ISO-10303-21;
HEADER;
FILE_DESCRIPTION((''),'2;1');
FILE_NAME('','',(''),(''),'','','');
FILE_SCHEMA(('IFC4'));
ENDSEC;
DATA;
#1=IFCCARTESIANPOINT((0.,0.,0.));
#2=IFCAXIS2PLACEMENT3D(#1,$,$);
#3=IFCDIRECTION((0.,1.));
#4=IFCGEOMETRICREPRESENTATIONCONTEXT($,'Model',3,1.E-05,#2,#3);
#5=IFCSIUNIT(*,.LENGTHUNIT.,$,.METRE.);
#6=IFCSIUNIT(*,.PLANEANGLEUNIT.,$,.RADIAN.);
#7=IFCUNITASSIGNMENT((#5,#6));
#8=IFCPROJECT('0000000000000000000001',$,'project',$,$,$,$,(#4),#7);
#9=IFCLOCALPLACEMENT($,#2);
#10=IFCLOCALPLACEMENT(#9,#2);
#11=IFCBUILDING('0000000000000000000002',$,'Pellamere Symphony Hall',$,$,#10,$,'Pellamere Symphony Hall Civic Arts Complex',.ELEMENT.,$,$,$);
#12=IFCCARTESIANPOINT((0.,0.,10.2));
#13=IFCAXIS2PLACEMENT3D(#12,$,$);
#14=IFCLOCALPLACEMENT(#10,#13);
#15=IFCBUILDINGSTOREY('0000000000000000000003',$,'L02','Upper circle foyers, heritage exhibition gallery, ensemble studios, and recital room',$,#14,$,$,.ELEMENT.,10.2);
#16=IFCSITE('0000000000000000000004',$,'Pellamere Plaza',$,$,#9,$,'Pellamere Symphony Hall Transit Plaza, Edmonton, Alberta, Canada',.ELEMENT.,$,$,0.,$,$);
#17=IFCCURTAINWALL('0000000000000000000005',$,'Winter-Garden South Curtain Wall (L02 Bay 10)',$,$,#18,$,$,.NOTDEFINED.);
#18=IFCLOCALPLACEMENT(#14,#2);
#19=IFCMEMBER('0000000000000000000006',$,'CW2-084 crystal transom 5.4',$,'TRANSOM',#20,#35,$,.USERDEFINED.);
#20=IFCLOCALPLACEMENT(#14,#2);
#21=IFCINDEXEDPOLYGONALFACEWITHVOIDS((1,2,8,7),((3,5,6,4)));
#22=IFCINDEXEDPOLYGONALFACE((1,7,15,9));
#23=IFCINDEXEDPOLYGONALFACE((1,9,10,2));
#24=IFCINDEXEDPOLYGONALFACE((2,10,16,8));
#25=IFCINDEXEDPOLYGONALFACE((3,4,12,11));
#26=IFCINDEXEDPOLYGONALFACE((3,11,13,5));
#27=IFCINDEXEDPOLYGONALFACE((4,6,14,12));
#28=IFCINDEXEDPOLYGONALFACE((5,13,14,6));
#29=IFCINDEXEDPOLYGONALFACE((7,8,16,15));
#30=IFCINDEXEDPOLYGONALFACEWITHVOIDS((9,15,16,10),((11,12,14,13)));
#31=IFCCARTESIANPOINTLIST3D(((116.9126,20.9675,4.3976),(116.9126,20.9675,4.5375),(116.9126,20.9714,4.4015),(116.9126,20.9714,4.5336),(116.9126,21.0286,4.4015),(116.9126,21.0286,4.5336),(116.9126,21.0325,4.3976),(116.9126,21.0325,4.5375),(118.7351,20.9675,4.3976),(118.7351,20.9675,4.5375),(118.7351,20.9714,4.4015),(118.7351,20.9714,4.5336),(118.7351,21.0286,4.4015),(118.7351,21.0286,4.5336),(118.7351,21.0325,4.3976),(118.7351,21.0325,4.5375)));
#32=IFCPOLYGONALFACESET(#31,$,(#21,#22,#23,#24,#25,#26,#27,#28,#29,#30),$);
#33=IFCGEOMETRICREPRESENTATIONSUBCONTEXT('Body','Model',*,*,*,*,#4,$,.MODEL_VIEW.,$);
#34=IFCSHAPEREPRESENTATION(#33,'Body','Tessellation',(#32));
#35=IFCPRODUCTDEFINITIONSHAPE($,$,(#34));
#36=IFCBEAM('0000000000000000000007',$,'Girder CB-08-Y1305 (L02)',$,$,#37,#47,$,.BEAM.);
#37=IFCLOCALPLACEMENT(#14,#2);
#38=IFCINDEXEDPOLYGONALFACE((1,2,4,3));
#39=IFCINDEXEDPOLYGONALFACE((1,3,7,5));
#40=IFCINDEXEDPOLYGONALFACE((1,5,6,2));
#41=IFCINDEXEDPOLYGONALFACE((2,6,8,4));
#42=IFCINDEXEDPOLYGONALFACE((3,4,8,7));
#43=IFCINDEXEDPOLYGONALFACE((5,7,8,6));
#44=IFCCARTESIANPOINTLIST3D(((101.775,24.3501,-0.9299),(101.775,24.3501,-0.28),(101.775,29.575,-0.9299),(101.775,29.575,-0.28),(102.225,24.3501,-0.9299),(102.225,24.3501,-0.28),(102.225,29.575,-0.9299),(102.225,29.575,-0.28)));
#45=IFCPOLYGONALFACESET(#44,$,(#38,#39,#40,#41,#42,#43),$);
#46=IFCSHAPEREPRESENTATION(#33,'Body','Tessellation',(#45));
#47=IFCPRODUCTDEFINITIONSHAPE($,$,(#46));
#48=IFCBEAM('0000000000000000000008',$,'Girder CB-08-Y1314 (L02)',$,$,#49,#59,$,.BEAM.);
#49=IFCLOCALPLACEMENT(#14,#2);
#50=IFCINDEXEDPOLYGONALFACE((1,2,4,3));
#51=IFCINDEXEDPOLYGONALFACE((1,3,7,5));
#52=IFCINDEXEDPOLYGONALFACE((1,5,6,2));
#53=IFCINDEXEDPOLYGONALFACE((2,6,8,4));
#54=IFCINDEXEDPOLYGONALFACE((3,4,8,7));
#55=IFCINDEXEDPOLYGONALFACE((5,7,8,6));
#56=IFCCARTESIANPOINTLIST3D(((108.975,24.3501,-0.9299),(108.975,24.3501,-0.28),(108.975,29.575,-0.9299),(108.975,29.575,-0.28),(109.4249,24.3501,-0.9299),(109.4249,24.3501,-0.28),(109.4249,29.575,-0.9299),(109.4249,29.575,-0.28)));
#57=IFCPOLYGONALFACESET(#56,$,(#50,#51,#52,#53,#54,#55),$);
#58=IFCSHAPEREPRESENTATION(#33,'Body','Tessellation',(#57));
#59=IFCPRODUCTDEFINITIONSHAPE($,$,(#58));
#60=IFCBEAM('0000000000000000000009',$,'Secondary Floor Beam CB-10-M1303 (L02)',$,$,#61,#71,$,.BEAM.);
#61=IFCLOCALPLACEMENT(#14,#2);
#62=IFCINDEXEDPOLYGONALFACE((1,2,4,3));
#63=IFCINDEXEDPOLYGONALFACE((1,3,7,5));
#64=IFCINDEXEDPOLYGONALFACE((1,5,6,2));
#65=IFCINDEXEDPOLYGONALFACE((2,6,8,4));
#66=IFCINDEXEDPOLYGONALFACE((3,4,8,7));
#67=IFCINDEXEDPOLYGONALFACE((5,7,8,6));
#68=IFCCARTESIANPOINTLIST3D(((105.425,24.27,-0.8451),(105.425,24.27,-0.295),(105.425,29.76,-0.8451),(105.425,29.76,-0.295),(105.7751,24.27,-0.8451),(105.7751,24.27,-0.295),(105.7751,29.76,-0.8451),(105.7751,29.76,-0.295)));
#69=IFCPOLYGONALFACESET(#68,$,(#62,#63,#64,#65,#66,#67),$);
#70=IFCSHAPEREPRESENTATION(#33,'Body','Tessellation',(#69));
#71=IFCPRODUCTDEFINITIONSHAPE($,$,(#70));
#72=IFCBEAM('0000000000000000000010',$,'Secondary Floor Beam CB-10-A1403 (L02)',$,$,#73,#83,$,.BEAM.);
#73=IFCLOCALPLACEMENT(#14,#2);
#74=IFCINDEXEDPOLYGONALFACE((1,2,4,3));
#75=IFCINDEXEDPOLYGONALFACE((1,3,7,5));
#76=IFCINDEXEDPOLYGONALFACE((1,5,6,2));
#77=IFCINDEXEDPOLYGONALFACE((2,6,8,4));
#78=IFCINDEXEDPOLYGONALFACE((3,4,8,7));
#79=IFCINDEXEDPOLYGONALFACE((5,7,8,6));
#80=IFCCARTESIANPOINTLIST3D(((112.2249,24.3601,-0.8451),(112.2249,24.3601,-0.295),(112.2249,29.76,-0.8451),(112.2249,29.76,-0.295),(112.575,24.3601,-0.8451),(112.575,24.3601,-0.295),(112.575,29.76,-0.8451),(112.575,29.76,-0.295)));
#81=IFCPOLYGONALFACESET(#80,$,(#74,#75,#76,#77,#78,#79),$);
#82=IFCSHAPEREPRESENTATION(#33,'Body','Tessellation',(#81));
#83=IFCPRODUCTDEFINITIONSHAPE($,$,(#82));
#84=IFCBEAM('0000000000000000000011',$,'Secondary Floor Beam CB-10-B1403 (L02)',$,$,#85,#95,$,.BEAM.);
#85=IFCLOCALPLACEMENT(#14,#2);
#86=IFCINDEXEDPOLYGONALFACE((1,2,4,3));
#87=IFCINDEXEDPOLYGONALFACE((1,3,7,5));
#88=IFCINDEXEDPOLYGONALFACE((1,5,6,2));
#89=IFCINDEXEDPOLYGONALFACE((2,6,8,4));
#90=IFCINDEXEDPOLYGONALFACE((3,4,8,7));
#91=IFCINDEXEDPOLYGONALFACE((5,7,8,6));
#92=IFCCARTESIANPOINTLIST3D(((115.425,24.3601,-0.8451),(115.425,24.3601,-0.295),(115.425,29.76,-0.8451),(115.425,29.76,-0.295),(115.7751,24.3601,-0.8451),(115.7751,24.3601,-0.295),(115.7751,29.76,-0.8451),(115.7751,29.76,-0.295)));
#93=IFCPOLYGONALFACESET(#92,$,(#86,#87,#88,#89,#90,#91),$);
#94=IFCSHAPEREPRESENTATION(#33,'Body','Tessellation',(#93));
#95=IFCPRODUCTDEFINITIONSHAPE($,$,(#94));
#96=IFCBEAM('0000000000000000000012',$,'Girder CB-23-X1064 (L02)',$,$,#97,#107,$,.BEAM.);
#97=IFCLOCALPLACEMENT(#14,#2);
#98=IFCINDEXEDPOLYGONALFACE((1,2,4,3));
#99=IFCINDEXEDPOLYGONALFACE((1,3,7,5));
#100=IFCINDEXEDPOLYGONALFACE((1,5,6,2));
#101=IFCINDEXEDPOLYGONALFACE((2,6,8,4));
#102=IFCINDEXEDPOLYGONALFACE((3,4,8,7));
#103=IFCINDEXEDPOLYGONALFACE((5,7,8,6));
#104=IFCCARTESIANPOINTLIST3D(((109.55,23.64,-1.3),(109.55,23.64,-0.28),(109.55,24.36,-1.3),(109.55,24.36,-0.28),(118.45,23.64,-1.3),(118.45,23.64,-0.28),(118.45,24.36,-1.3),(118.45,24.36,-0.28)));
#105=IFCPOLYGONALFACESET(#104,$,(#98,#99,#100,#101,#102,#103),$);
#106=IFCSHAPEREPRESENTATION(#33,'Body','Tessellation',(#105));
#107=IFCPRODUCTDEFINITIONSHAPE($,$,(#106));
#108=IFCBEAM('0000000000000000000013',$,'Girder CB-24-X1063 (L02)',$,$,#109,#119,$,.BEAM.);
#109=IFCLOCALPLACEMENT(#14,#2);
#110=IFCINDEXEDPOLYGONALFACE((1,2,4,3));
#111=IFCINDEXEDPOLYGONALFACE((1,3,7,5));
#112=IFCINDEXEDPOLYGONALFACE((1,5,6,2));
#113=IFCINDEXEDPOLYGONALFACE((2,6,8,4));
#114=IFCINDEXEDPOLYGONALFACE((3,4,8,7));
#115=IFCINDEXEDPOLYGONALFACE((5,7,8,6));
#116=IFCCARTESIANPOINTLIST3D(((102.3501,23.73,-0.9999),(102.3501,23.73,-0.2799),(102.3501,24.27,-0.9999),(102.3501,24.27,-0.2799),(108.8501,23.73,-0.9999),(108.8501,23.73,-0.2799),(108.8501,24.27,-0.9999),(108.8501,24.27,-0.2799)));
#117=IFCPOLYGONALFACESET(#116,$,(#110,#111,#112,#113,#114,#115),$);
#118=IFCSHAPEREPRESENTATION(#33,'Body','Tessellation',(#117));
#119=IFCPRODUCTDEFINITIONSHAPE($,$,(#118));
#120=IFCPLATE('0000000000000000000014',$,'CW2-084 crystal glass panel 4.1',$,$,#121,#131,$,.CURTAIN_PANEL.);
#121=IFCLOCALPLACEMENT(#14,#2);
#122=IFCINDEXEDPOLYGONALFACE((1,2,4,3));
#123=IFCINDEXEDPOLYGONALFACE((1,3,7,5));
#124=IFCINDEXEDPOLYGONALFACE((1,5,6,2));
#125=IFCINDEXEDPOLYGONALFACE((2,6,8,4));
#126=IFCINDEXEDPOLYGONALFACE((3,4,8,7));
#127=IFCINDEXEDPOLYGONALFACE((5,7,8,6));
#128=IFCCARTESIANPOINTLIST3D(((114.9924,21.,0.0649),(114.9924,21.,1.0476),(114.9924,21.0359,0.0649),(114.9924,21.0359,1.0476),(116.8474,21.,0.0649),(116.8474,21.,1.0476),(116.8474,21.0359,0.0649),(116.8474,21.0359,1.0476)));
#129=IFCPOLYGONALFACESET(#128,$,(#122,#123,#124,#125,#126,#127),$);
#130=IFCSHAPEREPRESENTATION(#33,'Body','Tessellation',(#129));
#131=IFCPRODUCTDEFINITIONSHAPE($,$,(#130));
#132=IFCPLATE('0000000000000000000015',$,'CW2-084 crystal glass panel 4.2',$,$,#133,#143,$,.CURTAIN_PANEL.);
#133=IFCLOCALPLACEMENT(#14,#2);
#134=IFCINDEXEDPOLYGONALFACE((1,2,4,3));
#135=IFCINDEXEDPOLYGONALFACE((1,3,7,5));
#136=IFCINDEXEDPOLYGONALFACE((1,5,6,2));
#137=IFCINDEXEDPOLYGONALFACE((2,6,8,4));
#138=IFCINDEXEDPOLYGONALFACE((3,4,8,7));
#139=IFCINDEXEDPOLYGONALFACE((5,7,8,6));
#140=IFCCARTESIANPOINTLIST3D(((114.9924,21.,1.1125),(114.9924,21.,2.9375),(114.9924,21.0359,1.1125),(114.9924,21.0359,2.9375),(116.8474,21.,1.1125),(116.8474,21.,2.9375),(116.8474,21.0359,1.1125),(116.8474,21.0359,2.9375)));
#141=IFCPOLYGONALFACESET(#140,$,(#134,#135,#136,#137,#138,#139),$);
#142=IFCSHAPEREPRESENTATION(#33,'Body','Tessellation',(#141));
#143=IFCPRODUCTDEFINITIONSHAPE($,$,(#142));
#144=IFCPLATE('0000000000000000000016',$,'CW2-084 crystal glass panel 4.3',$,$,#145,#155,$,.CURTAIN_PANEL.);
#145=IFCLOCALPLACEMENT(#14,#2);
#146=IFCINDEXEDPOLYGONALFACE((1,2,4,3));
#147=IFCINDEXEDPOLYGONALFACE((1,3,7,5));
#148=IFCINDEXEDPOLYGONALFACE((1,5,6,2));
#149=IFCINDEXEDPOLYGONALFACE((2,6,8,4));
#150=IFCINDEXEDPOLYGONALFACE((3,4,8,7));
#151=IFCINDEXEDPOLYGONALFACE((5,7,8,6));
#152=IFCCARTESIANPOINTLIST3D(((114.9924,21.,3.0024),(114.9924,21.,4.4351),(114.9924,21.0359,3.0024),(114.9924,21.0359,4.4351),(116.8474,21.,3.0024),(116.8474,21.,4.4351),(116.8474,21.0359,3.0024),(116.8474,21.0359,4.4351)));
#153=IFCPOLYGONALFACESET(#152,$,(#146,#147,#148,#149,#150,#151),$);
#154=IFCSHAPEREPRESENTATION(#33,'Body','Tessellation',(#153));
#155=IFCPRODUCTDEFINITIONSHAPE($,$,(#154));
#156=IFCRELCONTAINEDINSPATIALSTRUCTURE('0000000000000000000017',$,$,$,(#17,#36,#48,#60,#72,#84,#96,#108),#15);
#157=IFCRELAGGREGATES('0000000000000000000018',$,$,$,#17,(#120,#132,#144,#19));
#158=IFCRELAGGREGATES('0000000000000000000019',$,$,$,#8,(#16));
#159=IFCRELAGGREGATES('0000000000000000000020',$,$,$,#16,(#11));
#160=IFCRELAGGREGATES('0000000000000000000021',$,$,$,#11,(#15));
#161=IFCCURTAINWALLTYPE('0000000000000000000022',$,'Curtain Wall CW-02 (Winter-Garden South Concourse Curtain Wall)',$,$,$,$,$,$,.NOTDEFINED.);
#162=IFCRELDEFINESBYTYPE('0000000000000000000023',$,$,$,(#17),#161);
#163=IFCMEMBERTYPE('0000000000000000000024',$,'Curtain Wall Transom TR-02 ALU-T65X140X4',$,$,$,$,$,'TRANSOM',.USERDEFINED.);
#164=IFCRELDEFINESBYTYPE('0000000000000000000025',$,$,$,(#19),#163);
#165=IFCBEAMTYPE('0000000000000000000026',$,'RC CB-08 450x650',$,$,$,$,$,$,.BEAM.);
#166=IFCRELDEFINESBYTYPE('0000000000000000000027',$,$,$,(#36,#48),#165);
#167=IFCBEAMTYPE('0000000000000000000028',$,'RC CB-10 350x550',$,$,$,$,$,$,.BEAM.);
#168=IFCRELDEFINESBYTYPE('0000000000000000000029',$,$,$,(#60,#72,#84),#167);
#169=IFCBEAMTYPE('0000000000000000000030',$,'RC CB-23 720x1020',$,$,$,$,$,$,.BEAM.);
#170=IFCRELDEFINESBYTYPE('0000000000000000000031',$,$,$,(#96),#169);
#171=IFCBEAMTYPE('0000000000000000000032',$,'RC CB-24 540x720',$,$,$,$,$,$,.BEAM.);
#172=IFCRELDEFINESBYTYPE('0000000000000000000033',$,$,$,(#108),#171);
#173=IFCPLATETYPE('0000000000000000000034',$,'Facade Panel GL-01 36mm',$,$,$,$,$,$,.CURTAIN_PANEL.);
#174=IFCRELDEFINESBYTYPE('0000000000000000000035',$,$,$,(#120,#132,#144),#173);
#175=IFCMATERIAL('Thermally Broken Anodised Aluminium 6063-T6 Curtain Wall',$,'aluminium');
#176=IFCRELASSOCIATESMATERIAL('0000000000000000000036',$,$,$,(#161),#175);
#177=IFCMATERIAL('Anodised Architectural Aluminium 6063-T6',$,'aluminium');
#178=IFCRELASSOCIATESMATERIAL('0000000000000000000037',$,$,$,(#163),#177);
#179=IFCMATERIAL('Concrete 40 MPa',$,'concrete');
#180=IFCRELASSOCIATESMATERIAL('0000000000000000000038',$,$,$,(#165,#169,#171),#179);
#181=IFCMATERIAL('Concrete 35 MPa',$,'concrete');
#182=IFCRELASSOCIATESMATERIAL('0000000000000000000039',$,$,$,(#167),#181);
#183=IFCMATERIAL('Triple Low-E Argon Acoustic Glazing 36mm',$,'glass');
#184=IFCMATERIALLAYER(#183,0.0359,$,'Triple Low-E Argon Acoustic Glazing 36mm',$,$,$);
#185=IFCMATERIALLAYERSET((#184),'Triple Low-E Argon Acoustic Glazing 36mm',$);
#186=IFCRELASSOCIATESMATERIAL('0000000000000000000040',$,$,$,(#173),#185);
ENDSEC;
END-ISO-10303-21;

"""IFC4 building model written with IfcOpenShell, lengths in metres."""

from ifc_helpers import new_model, si_unit, direction, frame, origin, origin_2d, place, context, subcontext, project, spatial, polyline, rectangle, hollow_rectangle, outline, extrude, material, layer, layer_set, material_profile, profile_set, type_object, element, aggregate, save


model = new_model("IFC4")

# Units and contexts
model_context = context("Model", 3, precision=1e-05, world=origin(), true_north=direction((0.0, 1.0)))
body_context = subcontext(model_context, "Body", "Model", "MODEL_VIEW")
ifc_project = project(units=[si_unit("LENGTHUNIT", "METRE"), si_unit("PLANEANGLEUNIT", "RADIAN")], contexts=[model_context])

# Site, building, storey
site_placement = place(None, origin())
site = spatial("IfcSite", under=ifc_project, at=site_placement, Name="Pellamere Plaza", LongName="Pellamere Symphony Hall Transit Plaza, Edmonton, Alberta, Canada", CompositionType="ELEMENT", RefElevation=0.0)
building_placement = place(site_placement, origin())
building = spatial("IfcBuilding", under=site, at=building_placement, Name="Pellamere Symphony Hall", LongName="Pellamere Symphony Hall Civic Arts Complex", CompositionType="ELEMENT")
storey_placement = place(building_placement, frame((0.0, 0.0, 10.2)))
storey = spatial("IfcBuildingStorey", under=building, at=storey_placement, Name="L02", Description="Upper circle foyers, heritage exhibition gallery, ensemble studios, and recital room", CompositionType="ELEMENT", Elevation=10.2)

# Shared definitions
ifc_material_1 = material(Name="Concrete 40 MPa", Category="concrete")

# Curtain wall, member
ifc_material_2 = material(Name="Thermally Broken Anodised Aluminium 6063-T6 Curtain Wall", Category="aluminium")
curtain_wall_type = type_object("IfcCurtainWallType", Name="Curtain Wall CW-02 (Winter-Garden South Concourse Curtain Wall)", PredefinedType="NOTDEFINED", material=ifc_material_2)
curtain_wall_placement = place(storey_placement, origin())
curtain_wall = element("IfcCurtainWall", 1, at=curtain_wall_placement, inside=storey, type_object=curtain_wall_type, Name="Winter-Garden South Curtain Wall (L02 Bay 10)", PredefinedType="NOTDEFINED")
ifc_material_3 = material(Name="Anodised Architectural Aluminium 6063-T6", Category="aluminium")
ifc_material_profile_1 = material_profile(ifc_material_3, hollow_rectangle(XDim=0.0649, YDim=0.1399, WallThickness=0.0039, at=origin_2d()), Name="ALU-T65X140X4")
ifc_profile_set_1 = profile_set([ifc_material_profile_1], Name="Anodised Architectural Aluminium 6063-T6")
member_type_1 = type_object("IfcMemberType", Name="Curtain Wall Transom TR-02 ALU-T65X140X4", ElementType="TRANSOM", PredefinedType="USERDEFINED", material=ifc_profile_set_1)
member_1_placement = place(storey_placement, frame((116.9126, 21.0, 4.4675), z_axis=(1.0, 0.0, 0.0), x_axis=(0.0, 1.0, 0.0)))
member_1 = element("IfcMember", 2, at=member_1_placement, type_object=member_type_1, Name="CW2-084 crystal transom 5.4", ObjectType="TRANSOM", PredefinedType="USERDEFINED", context=body_context, shape_type="SweptSolid", body=[
    extrude(hollow_rectangle(XDim=0.0649, YDim=0.1399, WallThickness=0.0039, at=origin_2d()), origin(), (0.0, 0.0, 1.0), 1.8225),
])

# Beams
ifc_material_profile_2 = material_profile(ifc_material_1, rectangle(XDim=0.45, YDim=0.6499, at=origin_2d()), Name="RC 450x650")
ifc_profile_set_2 = profile_set([ifc_material_profile_2], Name="Concrete 40 MPa")
beam_type_1 = type_object("IfcBeamType", Name="RC CB-08 450x650", PredefinedType="BEAM", material=ifc_profile_set_2)
for number, where, z_axis, x_axis, name in (
    (3, (102.0, 24.3501, -0.605), (0.0, 1.0, 0.0), (-1.0, 0.0, 0.0), "Girder CB-08-Y1305 (L02)"),
    (4, (109.2, 24.3501, -0.605), (0.0, 1.0, 0.0), (-1.0, 0.0, 0.0), "Girder CB-08-Y1314 (L02)"),
):
    element("IfcBeam", number, at=place(storey_placement, frame(where, z_axis=z_axis, x_axis=x_axis)), inside=storey, type_object=beam_type_1, Name=name, PredefinedType="BEAM", context=body_context, shape_type="SweptSolid", body=[
        extrude(rectangle(XDim=0.45, YDim=0.6499, at=origin_2d()), origin(), (0.0, 0.0, 1.0), 5.2249),
    ])
ifc_material_4 = material(Name="Concrete 35 MPa", Category="concrete")
ifc_material_profile_3 = material_profile(ifc_material_4, rectangle(XDim=0.3501, YDim=0.55, at=origin_2d()), Name="RC 350x550")
ifc_profile_set_3 = profile_set([ifc_material_profile_3], Name="Concrete 35 MPa")
beam_type_2 = type_object("IfcBeamType", Name="RC CB-10 350x550", PredefinedType="BEAM", material=ifc_profile_set_3)
beam_1_placement = place(storey_placement, frame((105.6001, 24.27, -0.5701), z_axis=(0.0, 1.0, 0.0), x_axis=(-1.0, 0.0, 0.0)))
element("IfcBeam", 5, at=beam_1_placement, inside=storey, type_object=beam_type_2, Name="Secondary Floor Beam CB-10-M1303 (L02)", PredefinedType="BEAM", context=body_context, shape_type="SweptSolid", body=[
    extrude(rectangle(XDim=0.3501, YDim=0.55, at=origin_2d()), origin(), (0.0, 0.0, 1.0), 5.49),
])
for number, where, z_axis, x_axis, name in (
    (6, (112.3999, 24.3601, -0.5701), (0.0, 1.0, 0.0), (-1.0, 0.0, 0.0), "Secondary Floor Beam CB-10-A1403 (L02)"),
    (7, (115.6001, 24.3601, -0.5701), (0.0, 1.0, 0.0), (-1.0, 0.0, 0.0), "Secondary Floor Beam CB-10-B1403 (L02)"),
):
    element("IfcBeam", number, at=place(storey_placement, frame(where, z_axis=z_axis, x_axis=x_axis)), inside=storey, type_object=beam_type_2, Name=name, PredefinedType="BEAM", context=body_context, shape_type="SweptSolid", body=[
        extrude(rectangle(XDim=0.3501, YDim=0.55, at=origin_2d()), origin(), (0.0, 0.0, 1.0), 5.3999),
    ])
ifc_material_profile_4 = material_profile(ifc_material_1, rectangle(XDim=0.72, YDim=1.02, at=origin_2d()), Name="RC 720x1020")
ifc_profile_set_4 = profile_set([ifc_material_profile_4], Name="Concrete 40 MPa")
beam_type_3 = type_object("IfcBeamType", Name="RC CB-23 720x1020", PredefinedType="BEAM", material=ifc_profile_set_4)
beam_2_placement = place(storey_placement, frame((109.55, 24.0, -0.79), z_axis=(1.0, 0.0, 0.0), x_axis=(0.0, 1.0, 0.0)))
element("IfcBeam", 8, at=beam_2_placement, inside=storey, type_object=beam_type_3, Name="Girder CB-23-X1064 (L02)", PredefinedType="BEAM", context=body_context, shape_type="SweptSolid", body=[
    extrude(rectangle(XDim=0.72, YDim=1.02, at=origin_2d()), origin(), (0.0, 0.0, 1.0), 8.8999),
])
ifc_material_profile_5 = material_profile(ifc_material_1, rectangle(XDim=0.54, YDim=0.72, at=origin_2d()), Name="RC 540x720")
ifc_profile_set_5 = profile_set([ifc_material_profile_5], Name="Concrete 40 MPa")
beam_type_4 = type_object("IfcBeamType", Name="RC CB-24 540x720", PredefinedType="BEAM", material=ifc_profile_set_5)
beam_3_placement = place(storey_placement, frame((102.3501, 24.0, -0.6399), z_axis=(1.0, 0.0, 0.0), x_axis=(0.0, 1.0, 0.0)))
element("IfcBeam", 9, at=beam_3_placement, inside=storey, type_object=beam_type_4, Name="Girder CB-24-X1063 (L02)", PredefinedType="BEAM", context=body_context, shape_type="SweptSolid", body=[
    extrude(rectangle(XDim=0.54, YDim=0.72, at=origin_2d()), origin(), (0.0, 0.0, 1.0), 6.5),
])

# Plates
ifc_material_5 = material(Name="Triple Low-E Argon Acoustic Glazing 36mm", Category="glass")
ifc_layer = layer(ifc_material_5, 0.0359, Name="Triple Low-E Argon Acoustic Glazing 36mm")
ifc_layer_set = layer_set([ifc_layer], Name="Triple Low-E Argon Acoustic Glazing 36mm")
plate_type = type_object("IfcPlateType", Name="Facade Panel GL-01 36mm", PredefinedType="CURTAIN_PANEL", material=ifc_layer_set)
plate_1_placement = place(storey_placement, frame((114.9924, 21.0, 0.0649), z_axis=(0.0, -1.0, 0.0), x_axis=(1.0, 0.0, 0.0)))
plate_1 = element("IfcPlate", 10, at=plate_1_placement, type_object=plate_type, Name="CW2-084 crystal glass panel 4.1", PredefinedType="CURTAIN_PANEL", context=body_context, shape_type="SweptSolid", body=[
    extrude(outline(polyline([(0.0, 0.0), (1.855, 0.0), (1.855, 0.9827), (0.0, 0.9827), (0.0, 0.0)])), origin(), (0.0, 0.0, -1.0), 0.0359),
])
plate_2_placement = place(storey_placement, frame((114.9924, 21.0, 1.1125), z_axis=(0.0, -1.0, 0.0), x_axis=(1.0, 0.0, 0.0)))
plate_2 = element("IfcPlate", 11, at=plate_2_placement, type_object=plate_type, Name="CW2-084 crystal glass panel 4.2", PredefinedType="CURTAIN_PANEL", context=body_context, shape_type="SweptSolid", body=[
    extrude(outline(polyline([(0.0, 0.0), (1.855, 0.0), (1.855, 1.825), (0.0, 1.825), (0.0, 0.0)])), origin(), (0.0, 0.0, -1.0), 0.0359),
])
plate_3_placement = place(storey_placement, frame((114.9924, 21.0, 3.0024), z_axis=(0.0, -1.0, 0.0), x_axis=(1.0, 0.0, 0.0)))
plate_3 = element("IfcPlate", 12, at=plate_3_placement, type_object=plate_type, Name="CW2-084 crystal glass panel 4.3", PredefinedType="CURTAIN_PANEL", context=body_context, shape_type="SweptSolid", body=[
    extrude(outline(polyline([(0.0, 0.0), (1.855, 0.0), (1.855, 1.4326), (0.0, 1.4326), (0.0, 0.0)])), origin(), (0.0, 0.0, -1.0), 0.0359),
])
aggregate(curtain_wall, [plate_1, plate_2, plate_3, member_1])

save(model, "model.ifc")
